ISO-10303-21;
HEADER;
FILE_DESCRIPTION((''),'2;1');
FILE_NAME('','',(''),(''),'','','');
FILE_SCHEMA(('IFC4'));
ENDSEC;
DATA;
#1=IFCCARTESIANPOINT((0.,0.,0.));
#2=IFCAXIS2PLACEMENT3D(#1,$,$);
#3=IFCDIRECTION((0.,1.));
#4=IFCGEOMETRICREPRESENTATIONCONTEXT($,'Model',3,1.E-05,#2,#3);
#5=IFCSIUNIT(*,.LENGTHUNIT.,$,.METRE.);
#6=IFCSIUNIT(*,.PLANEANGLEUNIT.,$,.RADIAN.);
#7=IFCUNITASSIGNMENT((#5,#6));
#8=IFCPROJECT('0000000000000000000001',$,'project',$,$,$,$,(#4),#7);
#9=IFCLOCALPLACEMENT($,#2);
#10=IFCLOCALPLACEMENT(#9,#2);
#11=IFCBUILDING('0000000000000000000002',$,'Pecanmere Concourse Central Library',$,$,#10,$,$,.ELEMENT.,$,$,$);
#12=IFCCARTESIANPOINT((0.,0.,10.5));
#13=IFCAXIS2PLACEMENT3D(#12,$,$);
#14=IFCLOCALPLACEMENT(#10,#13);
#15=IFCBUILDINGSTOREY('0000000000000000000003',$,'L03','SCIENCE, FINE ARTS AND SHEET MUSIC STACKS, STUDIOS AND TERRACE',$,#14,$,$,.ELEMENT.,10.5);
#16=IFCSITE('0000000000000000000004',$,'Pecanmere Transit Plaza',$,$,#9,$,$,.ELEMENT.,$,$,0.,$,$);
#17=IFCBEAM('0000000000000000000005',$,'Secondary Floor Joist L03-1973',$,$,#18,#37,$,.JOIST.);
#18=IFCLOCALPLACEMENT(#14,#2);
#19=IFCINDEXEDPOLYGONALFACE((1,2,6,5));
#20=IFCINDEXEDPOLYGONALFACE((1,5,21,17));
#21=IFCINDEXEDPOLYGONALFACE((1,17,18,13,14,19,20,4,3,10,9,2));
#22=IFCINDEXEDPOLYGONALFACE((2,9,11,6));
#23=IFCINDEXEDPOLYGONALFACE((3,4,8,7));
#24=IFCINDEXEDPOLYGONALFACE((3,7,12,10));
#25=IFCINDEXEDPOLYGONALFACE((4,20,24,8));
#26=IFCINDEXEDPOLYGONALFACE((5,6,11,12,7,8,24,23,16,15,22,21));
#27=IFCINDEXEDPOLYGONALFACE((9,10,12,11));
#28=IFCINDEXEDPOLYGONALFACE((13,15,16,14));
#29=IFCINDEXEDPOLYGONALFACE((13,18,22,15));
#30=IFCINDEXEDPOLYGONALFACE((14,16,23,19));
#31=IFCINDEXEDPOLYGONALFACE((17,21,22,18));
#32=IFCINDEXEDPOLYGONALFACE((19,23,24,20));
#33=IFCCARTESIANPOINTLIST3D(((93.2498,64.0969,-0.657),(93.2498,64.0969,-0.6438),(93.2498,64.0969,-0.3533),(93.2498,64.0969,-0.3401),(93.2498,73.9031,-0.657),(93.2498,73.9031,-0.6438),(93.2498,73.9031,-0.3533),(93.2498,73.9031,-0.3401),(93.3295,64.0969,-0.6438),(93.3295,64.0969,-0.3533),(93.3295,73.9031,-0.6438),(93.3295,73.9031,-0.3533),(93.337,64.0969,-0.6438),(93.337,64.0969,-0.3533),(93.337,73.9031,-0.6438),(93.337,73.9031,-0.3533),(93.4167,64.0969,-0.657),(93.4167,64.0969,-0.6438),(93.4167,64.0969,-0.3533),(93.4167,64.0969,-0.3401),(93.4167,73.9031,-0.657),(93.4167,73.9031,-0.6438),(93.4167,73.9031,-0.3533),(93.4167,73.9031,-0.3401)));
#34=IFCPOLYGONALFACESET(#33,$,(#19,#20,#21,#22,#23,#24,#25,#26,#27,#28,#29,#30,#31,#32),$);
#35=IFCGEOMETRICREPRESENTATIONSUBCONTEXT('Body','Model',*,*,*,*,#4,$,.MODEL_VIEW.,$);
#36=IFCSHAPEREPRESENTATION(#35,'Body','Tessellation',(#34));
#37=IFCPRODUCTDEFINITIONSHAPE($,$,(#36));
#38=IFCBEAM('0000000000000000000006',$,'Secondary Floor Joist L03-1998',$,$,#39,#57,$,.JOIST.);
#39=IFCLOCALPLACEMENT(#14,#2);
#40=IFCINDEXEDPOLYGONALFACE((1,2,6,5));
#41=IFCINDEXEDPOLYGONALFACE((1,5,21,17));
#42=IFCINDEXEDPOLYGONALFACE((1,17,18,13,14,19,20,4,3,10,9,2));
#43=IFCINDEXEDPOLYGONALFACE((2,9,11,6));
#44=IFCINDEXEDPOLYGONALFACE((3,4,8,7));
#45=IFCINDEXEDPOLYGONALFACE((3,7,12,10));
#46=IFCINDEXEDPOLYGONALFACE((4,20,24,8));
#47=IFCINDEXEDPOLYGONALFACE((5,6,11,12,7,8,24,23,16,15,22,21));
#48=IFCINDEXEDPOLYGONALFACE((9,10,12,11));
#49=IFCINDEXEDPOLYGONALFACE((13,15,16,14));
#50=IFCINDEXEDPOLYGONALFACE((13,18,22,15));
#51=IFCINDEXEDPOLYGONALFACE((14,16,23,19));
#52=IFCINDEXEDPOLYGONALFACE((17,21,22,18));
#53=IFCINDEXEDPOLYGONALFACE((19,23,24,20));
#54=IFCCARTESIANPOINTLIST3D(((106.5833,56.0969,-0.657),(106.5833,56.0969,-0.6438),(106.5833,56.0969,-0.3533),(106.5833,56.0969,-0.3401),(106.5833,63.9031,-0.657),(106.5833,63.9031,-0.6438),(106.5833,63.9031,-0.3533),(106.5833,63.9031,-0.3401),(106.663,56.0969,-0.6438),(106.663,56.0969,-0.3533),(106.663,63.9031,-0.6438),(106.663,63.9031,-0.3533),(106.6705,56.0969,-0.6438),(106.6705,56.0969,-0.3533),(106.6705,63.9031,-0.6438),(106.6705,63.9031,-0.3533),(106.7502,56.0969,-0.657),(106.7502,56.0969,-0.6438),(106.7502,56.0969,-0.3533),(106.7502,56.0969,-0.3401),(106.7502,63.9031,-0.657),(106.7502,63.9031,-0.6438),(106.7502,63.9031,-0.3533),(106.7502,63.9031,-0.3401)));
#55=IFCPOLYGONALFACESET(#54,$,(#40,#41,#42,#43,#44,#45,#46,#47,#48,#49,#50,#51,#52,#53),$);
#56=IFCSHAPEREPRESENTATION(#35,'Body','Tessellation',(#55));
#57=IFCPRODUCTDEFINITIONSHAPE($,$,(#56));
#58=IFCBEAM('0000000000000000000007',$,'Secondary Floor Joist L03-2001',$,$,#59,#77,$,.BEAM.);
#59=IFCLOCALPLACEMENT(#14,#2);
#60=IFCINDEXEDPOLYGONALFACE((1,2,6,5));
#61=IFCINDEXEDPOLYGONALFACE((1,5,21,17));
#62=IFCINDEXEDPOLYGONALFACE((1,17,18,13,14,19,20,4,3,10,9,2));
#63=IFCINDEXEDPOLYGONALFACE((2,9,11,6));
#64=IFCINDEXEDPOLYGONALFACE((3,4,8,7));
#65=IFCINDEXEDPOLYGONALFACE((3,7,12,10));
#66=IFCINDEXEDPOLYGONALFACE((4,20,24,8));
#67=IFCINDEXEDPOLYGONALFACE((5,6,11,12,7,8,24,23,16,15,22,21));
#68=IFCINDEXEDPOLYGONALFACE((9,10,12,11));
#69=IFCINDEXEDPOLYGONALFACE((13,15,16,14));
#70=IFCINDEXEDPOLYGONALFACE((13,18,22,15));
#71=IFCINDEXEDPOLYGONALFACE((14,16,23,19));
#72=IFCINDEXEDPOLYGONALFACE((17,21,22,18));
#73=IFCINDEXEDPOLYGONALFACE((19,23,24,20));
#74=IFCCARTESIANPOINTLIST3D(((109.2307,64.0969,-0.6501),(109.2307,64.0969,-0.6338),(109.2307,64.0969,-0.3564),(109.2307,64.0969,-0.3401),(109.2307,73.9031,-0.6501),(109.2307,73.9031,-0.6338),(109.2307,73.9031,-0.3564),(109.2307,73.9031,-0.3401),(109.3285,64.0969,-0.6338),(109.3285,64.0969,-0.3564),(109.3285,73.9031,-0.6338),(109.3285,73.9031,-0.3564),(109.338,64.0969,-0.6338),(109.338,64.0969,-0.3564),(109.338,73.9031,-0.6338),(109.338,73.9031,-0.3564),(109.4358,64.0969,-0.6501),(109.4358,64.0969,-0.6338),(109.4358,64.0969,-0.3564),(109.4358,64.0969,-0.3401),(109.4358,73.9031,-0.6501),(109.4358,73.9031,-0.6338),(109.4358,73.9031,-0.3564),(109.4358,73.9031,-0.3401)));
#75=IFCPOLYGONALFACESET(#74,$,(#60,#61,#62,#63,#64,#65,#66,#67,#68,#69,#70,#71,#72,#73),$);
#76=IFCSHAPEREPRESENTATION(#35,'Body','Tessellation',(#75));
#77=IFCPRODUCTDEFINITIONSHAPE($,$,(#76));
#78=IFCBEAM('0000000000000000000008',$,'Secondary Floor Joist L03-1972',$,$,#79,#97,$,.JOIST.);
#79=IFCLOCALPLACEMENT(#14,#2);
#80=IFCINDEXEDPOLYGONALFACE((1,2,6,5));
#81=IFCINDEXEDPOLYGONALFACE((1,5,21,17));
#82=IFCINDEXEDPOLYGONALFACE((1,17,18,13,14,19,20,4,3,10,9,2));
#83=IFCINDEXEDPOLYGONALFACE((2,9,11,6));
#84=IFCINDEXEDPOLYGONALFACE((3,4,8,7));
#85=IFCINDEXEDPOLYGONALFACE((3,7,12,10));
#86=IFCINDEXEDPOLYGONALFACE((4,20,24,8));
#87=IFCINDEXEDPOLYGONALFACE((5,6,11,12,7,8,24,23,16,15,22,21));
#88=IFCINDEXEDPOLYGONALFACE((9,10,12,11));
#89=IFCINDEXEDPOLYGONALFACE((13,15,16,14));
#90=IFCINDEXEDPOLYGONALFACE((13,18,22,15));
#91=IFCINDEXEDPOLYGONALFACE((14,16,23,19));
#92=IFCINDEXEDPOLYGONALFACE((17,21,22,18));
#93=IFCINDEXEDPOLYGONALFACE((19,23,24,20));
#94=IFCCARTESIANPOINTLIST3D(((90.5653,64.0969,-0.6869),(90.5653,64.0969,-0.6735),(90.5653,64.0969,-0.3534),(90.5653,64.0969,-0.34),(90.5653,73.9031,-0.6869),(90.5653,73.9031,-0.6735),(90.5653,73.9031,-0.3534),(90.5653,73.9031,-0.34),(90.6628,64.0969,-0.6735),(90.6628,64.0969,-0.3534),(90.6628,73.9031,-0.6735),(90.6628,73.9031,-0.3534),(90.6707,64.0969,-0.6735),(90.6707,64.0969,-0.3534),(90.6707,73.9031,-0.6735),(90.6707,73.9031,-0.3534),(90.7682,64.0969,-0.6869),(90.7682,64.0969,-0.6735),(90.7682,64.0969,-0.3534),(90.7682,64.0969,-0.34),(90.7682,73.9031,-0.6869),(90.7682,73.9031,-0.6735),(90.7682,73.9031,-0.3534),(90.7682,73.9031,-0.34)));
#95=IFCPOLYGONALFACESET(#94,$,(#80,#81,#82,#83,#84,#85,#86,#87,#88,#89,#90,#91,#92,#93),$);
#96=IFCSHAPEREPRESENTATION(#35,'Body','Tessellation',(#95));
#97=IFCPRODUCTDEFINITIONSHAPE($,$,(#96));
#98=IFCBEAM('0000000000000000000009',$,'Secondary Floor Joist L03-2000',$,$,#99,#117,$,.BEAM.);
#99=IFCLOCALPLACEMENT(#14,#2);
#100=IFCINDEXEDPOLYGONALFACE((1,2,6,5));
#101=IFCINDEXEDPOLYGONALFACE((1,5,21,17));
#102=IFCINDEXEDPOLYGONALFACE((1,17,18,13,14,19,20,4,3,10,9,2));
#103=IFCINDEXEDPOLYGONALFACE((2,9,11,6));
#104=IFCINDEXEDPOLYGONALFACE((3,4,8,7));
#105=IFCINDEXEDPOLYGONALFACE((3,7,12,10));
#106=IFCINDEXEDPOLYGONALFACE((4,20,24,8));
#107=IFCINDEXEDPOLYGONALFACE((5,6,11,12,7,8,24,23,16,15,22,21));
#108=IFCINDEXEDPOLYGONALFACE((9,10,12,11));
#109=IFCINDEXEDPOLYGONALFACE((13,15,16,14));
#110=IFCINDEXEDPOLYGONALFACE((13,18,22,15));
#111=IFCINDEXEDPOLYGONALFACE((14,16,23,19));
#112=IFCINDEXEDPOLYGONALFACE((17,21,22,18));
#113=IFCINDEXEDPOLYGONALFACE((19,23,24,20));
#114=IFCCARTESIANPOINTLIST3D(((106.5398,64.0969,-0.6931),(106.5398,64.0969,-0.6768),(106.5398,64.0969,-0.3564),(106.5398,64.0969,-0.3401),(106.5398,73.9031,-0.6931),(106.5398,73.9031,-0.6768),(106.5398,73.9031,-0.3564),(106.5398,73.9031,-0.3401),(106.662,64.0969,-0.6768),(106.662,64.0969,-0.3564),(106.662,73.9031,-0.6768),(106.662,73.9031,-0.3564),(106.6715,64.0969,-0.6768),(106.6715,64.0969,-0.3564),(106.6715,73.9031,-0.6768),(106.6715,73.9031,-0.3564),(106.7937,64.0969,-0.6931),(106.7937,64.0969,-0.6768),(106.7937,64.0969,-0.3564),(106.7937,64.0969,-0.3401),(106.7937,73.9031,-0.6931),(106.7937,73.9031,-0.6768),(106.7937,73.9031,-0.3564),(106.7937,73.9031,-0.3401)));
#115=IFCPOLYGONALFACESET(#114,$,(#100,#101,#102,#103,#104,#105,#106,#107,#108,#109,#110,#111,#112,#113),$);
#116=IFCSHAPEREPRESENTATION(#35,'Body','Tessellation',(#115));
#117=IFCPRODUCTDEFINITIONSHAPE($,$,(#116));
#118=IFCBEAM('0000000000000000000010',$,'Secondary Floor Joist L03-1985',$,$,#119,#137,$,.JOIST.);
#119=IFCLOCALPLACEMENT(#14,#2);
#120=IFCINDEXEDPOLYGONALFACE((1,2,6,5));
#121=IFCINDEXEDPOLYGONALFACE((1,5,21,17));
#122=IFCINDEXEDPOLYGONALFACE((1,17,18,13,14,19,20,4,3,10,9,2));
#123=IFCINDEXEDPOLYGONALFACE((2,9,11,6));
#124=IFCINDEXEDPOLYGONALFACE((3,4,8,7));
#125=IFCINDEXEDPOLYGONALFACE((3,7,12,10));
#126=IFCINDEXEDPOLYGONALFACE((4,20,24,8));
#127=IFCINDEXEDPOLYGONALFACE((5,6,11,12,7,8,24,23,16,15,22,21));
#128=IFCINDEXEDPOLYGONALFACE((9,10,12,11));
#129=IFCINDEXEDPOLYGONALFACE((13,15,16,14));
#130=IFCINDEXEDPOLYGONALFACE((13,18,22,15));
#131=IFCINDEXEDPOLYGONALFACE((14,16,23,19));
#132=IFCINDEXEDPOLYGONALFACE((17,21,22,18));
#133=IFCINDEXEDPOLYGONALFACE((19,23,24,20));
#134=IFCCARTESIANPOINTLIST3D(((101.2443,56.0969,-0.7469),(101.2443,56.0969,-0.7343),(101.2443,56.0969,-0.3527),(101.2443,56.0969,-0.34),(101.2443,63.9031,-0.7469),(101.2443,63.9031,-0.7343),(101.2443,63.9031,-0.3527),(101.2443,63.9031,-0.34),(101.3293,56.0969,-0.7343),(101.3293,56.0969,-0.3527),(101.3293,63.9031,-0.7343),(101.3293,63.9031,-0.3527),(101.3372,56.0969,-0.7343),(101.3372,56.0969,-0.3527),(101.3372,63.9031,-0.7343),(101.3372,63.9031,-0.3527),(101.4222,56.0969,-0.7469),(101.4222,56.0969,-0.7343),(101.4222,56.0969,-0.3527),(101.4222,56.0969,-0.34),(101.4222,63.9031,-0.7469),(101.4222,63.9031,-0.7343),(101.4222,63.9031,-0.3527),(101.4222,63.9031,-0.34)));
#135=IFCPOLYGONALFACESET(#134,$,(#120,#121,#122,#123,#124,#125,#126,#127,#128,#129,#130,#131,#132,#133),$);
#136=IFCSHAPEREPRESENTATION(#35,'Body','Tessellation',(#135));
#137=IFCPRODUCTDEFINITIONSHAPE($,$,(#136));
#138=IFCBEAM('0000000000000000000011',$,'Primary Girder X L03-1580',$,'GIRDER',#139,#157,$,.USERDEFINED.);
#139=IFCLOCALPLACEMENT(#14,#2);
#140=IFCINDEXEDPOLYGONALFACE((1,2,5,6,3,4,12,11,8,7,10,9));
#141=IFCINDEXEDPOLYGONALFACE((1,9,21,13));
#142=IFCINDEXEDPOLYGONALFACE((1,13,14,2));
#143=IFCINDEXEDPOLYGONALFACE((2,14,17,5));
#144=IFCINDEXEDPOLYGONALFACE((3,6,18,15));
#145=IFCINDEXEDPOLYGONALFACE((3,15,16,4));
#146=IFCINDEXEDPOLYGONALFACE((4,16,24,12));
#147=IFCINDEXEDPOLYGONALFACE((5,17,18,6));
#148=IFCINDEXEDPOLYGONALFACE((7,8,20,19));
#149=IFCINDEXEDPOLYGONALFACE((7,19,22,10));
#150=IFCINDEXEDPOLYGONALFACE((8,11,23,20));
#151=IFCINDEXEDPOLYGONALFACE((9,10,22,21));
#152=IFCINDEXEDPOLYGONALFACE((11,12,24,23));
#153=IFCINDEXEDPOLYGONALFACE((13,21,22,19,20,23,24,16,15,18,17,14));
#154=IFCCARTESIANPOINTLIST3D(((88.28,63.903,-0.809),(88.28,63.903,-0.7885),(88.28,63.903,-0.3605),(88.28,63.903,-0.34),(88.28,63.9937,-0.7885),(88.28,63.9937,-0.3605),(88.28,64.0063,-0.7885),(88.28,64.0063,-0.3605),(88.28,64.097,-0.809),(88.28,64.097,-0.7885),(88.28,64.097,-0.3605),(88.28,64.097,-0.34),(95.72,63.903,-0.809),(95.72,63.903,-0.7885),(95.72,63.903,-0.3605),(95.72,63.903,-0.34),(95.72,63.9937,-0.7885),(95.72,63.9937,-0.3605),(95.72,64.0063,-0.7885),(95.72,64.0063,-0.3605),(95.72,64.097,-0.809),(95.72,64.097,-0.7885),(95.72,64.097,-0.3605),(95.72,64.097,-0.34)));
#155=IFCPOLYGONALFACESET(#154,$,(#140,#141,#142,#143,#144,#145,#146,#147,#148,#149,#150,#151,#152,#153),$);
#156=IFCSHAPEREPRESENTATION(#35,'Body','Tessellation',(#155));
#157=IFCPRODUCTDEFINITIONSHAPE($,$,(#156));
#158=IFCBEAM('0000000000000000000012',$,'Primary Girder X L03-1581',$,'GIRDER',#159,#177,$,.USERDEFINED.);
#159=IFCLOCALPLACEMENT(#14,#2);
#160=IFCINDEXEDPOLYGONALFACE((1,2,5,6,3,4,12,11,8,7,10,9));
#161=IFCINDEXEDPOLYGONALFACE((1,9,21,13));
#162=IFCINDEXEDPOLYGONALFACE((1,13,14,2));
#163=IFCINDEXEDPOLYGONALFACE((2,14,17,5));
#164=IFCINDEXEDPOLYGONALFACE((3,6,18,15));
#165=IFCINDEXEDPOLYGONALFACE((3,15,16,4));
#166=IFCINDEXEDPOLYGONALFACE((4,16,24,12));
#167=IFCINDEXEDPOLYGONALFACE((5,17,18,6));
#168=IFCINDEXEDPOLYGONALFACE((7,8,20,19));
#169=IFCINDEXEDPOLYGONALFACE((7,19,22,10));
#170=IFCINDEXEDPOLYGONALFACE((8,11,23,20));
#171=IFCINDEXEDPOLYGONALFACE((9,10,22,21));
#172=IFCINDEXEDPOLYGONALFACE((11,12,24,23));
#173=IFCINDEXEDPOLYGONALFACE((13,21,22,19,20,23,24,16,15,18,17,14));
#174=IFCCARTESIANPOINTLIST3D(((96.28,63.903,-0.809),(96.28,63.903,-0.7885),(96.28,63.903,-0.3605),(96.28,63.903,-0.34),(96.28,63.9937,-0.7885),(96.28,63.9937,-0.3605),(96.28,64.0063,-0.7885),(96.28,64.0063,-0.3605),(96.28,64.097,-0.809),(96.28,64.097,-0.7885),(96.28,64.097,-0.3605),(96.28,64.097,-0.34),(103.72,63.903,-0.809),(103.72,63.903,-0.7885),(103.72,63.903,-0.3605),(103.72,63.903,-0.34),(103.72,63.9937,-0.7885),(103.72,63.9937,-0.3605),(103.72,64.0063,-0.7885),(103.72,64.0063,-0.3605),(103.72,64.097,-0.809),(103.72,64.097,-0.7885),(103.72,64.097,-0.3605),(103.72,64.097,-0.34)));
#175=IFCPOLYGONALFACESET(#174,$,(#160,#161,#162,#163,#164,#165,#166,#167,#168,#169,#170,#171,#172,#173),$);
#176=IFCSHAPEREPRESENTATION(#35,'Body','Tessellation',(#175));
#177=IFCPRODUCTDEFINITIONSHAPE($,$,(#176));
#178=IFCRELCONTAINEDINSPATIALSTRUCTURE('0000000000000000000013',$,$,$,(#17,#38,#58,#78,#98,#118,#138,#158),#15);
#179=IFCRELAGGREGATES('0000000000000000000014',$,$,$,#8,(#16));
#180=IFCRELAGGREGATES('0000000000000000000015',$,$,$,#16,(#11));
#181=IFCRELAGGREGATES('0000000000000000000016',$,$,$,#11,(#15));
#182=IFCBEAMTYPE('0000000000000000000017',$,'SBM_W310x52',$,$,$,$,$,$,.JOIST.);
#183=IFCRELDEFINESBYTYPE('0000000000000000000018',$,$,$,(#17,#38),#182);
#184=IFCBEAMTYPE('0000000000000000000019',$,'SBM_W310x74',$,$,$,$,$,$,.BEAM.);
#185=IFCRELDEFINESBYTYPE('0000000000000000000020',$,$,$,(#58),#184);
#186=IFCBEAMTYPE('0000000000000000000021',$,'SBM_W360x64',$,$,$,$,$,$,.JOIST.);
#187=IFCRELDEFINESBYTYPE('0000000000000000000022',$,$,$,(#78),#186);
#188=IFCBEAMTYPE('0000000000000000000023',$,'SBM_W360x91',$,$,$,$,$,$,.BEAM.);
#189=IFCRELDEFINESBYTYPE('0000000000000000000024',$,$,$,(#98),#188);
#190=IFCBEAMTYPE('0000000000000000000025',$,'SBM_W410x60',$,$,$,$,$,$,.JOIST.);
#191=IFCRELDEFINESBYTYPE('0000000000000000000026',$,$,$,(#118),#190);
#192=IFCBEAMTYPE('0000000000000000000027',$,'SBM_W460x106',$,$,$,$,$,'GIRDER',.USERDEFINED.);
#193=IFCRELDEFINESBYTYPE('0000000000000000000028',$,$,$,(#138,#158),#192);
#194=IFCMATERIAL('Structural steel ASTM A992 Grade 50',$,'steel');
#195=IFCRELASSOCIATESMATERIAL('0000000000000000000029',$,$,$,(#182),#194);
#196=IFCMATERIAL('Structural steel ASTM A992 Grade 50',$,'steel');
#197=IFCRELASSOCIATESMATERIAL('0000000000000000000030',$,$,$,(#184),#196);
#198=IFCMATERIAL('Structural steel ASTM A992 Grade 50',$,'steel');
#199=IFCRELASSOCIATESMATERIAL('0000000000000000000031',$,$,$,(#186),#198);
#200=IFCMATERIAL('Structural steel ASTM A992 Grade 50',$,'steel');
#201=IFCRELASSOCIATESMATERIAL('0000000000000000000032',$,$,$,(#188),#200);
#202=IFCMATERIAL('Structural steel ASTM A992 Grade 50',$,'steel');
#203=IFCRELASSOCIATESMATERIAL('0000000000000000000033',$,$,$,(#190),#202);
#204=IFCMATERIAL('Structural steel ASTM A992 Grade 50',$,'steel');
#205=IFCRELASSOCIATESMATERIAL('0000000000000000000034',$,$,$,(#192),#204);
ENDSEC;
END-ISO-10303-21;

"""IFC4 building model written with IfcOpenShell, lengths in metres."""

from ifc_helpers import new_model, si_unit, direction, frame, origin, origin_2d, place, context, subcontext, project, spatial, i_section, extrude, material, material_profile, profile_set, type_object, element, save


model = new_model("IFC4")

# Units and contexts
model_context = context("Model", 3, precision=1e-05, world=origin(), true_north=direction((0.0, 1.0)))
body_context = subcontext(model_context, "Body", "Model", "MODEL_VIEW")
ifc_project = project(units=[si_unit("LENGTHUNIT", "METRE"), si_unit("PLANEANGLEUNIT", "RADIAN")], contexts=[model_context])

# Site, building, storey
site_placement = place(None, origin())
site = spatial("IfcSite", under=ifc_project, at=site_placement, Name="Pecanmere Transit Plaza", CompositionType="ELEMENT", RefElevation=0.0)
building_placement = place(site_placement, origin())
building = spatial("IfcBuilding", under=site, at=building_placement, Name="Pecanmere Concourse Central Library", CompositionType="ELEMENT")
storey_placement = place(building_placement, frame((0.0, 0.0, 10.5)))
storey = spatial("IfcBuildingStorey", under=building, at=storey_placement, Name="L03", Description="SCIENCE, FINE ARTS AND SHEET MUSIC STACKS, STUDIOS AND TERRACE", CompositionType="ELEMENT", Elevation=10.5)

# Beams
ifc_material_1 = material(Name="Structural steel ASTM A992 Grade 50", Category="steel")
ifc_material_profile_1 = material_profile(ifc_material_1, i_section(OverallWidth=0.167, OverallDepth=0.3169, WebThickness=0.0076, FlangeThickness=0.0132, at=origin_2d()), Name="W310x52")
ifc_profile_set_1 = profile_set([ifc_material_profile_1], Name="Structural steel ASTM A992 Grade 50")
beam_type_1 = type_object("IfcBeamType", Name="SBM_W310x52", PredefinedType="JOIST", material=ifc_profile_set_1)
beam_1_placement = place(storey_placement, frame((93.3333, 64.0969, -0.4985), z_axis=(0.0, 1.0, 0.0), x_axis=(-1.0, 0.0, 0.0)))
element("IfcBeam", 1, at=beam_1_placement, inside=storey, type_object=beam_type_1, Name="Secondary Floor Joist L03-1973", PredefinedType="JOIST", context=body_context, shape_type="SweptSolid", body=[
    extrude(i_section(OverallWidth=0.167, OverallDepth=0.3169, WebThickness=0.0076, FlangeThickness=0.0132, at=origin_2d()), origin(), (0.0, 0.0, 1.0), 9.8062),
])
beam_2_placement = place(storey_placement, frame((106.6667, 56.0969, -0.4985), z_axis=(0.0, 1.0, 0.0), x_axis=(-1.0, 0.0, 0.0)))
element("IfcBeam", 2, at=beam_2_placement, inside=storey, type_object=beam_type_1, Name="Secondary Floor Joist L03-1998", PredefinedType="JOIST", context=body_context, shape_type="SweptSolid", body=[
    extrude(i_section(OverallWidth=0.167, OverallDepth=0.3169, WebThickness=0.0076, FlangeThickness=0.0132, at=origin_2d()), origin(), (0.0, 0.0, 1.0), 7.8062),
])
ifc_material_2 = material(Name="Structural steel ASTM A992 Grade 50", Category="steel")
ifc_material_profile_2 = material_profile(ifc_material_2, i_section(OverallWidth=0.2051, OverallDepth=0.3101, WebThickness=0.0095, FlangeThickness=0.0164, at=origin_2d()), Name="W310x74")
ifc_profile_set_2 = profile_set([ifc_material_profile_2], Name="Structural steel ASTM A992 Grade 50")
beam_type_2 = type_object("IfcBeamType", Name="SBM_W310x74", PredefinedType="BEAM", material=ifc_profile_set_2)
beam_3_placement = place(storey_placement, frame((109.3333, 64.0969, -0.4951), z_axis=(0.0, 1.0, 0.0), x_axis=(-1.0, 0.0, 0.0)))
element("IfcBeam", 3, at=beam_3_placement, inside=storey, type_object=beam_type_2, Name="Secondary Floor Joist L03-2001", PredefinedType="BEAM", context=body_context, shape_type="SweptSolid", body=[
    extrude(i_section(OverallWidth=0.2051, OverallDepth=0.3101, WebThickness=0.0095, FlangeThickness=0.0164, at=origin_2d()), origin(), (0.0, 0.0, 1.0), 9.8062),
])
ifc_material_3 = material(Name="Structural steel ASTM A992 Grade 50", Category="steel")
ifc_material_profile_3 = material_profile(ifc_material_3, i_section(OverallWidth=0.2029, OverallDepth=0.3469, WebThickness=0.0078, FlangeThickness=0.0134, at=origin_2d()), Name="W360x64")
ifc_profile_set_3 = profile_set([ifc_material_profile_3], Name="Structural steel ASTM A992 Grade 50")
beam_type_3 = type_object("IfcBeamType", Name="SBM_W360x64", PredefinedType="JOIST", material=ifc_profile_set_3)
beam_4_placement = place(storey_placement, frame((90.6667, 64.0969, -0.5134), z_axis=(0.0, 1.0, 0.0), x_axis=(-1.0, 0.0, 0.0)))
element("IfcBeam", 4, at=beam_4_placement, inside=storey, type_object=beam_type_3, Name="Secondary Floor Joist L03-1972", PredefinedType="JOIST", context=body_context, shape_type="SweptSolid", body=[
    extrude(i_section(OverallWidth=0.2029, OverallDepth=0.3469, WebThickness=0.0078, FlangeThickness=0.0134, at=origin_2d()), origin(), (0.0, 0.0, 1.0), 9.8062),
])
ifc_material_4 = material(Name="Structural steel ASTM A992 Grade 50", Category="steel")
ifc_material_profile_4 = material_profile(ifc_material_4, i_section(OverallWidth=0.2539, OverallDepth=0.353, WebThickness=0.0095, FlangeThickness=0.0164, at=origin_2d()), Name="W360x91")
ifc_profile_set_4 = profile_set([ifc_material_profile_4], Name="Structural steel ASTM A992 Grade 50")
beam_type_4 = type_object("IfcBeamType", Name="SBM_W360x91", PredefinedType="BEAM", material=ifc_profile_set_4)
beam_5_placement = place(storey_placement, frame((106.6667, 64.0969, -0.5166), z_axis=(0.0, 1.0, 0.0), x_axis=(-1.0, 0.0, 0.0)))
element("IfcBeam", 5, at=beam_5_placement, inside=storey, type_object=beam_type_4, Name="Secondary Floor Joist L03-2000", PredefinedType="BEAM", context=body_context, shape_type="SweptSolid", body=[
    extrude(i_section(OverallWidth=0.2539, OverallDepth=0.353, WebThickness=0.0095, FlangeThickness=0.0164, at=origin_2d()), origin(), (0.0, 0.0, 1.0), 9.8062),
])
ifc_material_5 = material(Name="Structural steel ASTM A992 Grade 50", Category="steel")
ifc_material_profile_5 = material_profile(ifc_material_5, i_section(OverallWidth=0.178, OverallDepth=0.407, WebThickness=0.0078, FlangeThickness=0.0127, at=origin_2d()), Name="W410x60")
ifc_profile_set_5 = profile_set([ifc_material_profile_5], Name="Structural steel ASTM A992 Grade 50")
beam_type_5 = type_object("IfcBeamType", Name="SBM_W410x60", PredefinedType="JOIST", material=ifc_profile_set_5)
beam_6_placement = place(storey_placement, frame((101.3333, 56.0969, -0.5435), z_axis=(0.0, 1.0, 0.0), x_axis=(-1.0, 0.0, 0.0)))
element("IfcBeam", 6, at=beam_6_placement, inside=storey, type_object=beam_type_5, Name="Secondary Floor Joist L03-1985", PredefinedType="JOIST", context=body_context, shape_type="SweptSolid", body=[
    extrude(i_section(OverallWidth=0.178, OverallDepth=0.407, WebThickness=0.0078, FlangeThickness=0.0127, at=origin_2d()), origin(), (0.0, 0.0, 1.0), 7.8062),
])
ifc_material_6 = material(Name="Structural steel ASTM A992 Grade 50", Category="steel")
ifc_material_profile_6 = material_profile(ifc_material_6, i_section(OverallWidth=0.1941, OverallDepth=0.469, WebThickness=0.0127, FlangeThickness=0.0205, at=origin_2d()), Name="W460x106")
ifc_profile_set_6 = profile_set([ifc_material_profile_6], Name="Structural steel ASTM A992 Grade 50")
beam_type_6 = type_object("IfcBeamType", Name="SBM_W460x106", ElementType="GIRDER", PredefinedType="USERDEFINED", material=ifc_profile_set_6)
for number, where, z_axis, x_axis, name in (
    (7, (88.28, 64.0, -0.5745), (1.0, 0.0, 0.0), (0.0, 1.0, 0.0), "Primary Girder X L03-1580"),
    (8, (96.28, 64.0, -0.5745), (1.0, 0.0, 0.0), (0.0, 1.0, 0.0), "Primary Girder X L03-1581"),
):
    element("IfcBeam", number, at=place(storey_placement, frame(where, z_axis=z_axis, x_axis=x_axis)), inside=storey, type_object=beam_type_6, Name=name, ObjectType="GIRDER", PredefinedType="USERDEFINED", context=body_context, shape_type="SweptSolid", body=[
        extrude(i_section(OverallWidth=0.1941, OverallDepth=0.469, WebThickness=0.0127, FlangeThickness=0.0205, at=origin_2d()), origin(), (0.0, 0.0, 1.0), 7.4399),
    ])

save(model, "model.ifc")
